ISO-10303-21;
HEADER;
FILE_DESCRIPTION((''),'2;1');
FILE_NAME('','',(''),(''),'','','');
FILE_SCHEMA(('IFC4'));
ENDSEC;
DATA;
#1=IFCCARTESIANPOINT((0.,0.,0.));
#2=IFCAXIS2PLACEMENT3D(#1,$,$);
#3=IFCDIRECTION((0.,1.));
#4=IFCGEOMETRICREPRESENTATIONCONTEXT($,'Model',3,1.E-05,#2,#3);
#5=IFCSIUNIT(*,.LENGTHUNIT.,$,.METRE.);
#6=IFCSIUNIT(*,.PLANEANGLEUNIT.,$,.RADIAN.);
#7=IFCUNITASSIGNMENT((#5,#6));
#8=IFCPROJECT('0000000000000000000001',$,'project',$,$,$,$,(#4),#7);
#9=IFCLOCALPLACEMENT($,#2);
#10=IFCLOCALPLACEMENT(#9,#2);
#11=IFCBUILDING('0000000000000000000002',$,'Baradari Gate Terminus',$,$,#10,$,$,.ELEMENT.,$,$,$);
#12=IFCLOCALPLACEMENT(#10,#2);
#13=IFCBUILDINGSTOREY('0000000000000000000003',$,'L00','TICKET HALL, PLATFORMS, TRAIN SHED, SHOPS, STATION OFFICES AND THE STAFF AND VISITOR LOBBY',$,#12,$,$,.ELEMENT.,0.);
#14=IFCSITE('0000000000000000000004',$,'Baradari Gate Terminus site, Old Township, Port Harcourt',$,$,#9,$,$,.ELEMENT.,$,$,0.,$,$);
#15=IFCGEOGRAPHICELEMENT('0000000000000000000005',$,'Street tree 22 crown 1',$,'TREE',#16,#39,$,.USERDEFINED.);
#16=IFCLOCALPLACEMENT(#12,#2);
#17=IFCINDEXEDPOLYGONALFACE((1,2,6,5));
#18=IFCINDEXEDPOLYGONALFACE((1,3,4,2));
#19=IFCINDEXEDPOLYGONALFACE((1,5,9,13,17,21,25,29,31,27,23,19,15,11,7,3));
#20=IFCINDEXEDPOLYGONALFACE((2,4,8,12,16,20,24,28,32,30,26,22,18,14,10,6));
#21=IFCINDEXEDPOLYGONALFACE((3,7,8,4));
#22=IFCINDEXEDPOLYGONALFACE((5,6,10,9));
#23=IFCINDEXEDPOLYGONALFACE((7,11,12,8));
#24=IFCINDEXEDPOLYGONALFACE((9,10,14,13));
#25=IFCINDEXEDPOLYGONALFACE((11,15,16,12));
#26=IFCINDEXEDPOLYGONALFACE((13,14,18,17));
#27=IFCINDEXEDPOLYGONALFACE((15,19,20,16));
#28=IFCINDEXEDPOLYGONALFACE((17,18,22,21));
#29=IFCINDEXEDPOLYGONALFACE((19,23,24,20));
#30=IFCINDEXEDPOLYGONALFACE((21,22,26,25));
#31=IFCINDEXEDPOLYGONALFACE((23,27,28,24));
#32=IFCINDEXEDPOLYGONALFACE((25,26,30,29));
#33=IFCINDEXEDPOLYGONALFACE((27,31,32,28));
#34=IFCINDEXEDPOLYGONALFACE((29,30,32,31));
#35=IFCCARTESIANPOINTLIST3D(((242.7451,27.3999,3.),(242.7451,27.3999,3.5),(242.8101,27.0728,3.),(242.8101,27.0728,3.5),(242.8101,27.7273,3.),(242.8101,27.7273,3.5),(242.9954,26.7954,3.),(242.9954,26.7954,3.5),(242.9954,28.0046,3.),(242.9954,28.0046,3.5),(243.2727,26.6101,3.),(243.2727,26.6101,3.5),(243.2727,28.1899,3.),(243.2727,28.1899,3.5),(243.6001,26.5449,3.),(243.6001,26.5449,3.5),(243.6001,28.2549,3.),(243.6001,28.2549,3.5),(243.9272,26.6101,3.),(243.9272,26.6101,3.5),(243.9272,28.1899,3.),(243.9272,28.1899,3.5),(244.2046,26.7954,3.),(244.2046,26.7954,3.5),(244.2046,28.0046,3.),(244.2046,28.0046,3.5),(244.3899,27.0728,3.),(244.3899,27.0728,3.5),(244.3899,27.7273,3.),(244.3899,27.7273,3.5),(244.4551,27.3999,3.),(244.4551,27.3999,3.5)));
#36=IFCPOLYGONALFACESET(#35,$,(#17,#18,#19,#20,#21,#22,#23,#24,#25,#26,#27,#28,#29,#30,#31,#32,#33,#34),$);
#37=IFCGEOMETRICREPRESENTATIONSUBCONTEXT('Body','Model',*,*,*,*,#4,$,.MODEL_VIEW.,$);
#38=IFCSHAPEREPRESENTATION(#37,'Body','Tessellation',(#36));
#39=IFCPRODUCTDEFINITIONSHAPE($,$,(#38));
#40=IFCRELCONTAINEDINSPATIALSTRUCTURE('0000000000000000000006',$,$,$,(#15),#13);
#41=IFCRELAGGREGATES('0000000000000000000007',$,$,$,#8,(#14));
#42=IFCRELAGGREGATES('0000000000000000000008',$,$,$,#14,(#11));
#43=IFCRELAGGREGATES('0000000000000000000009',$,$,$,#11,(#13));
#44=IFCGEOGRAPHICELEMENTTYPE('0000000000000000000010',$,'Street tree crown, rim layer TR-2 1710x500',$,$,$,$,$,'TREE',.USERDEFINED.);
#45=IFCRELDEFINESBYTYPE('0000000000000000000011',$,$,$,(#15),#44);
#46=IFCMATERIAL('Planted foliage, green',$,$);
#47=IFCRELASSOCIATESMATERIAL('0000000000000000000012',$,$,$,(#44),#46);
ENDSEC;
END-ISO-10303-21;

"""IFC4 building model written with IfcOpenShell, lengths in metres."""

from ifc_helpers import new_model, si_unit, direction, frame, origin, place, context, subcontext, project, spatial, polyline, outline, extrude, material, type_object, element, save


model = new_model("IFC4")

# Units and contexts
model_context = context("Model", 3, precision=1e-05, world=origin(), true_north=direction((0.0, 1.0)))
body_context = subcontext(model_context, "Body", "Model", "MODEL_VIEW")
ifc_project = project(units=[si_unit("LENGTHUNIT", "METRE"), si_unit("PLANEANGLEUNIT", "RADIAN")], contexts=[model_context])

# Site, building, storey
site_placement = place(None, origin())
site = spatial("IfcSite", under=ifc_project, at=site_placement, Name="Baradari Gate Terminus site, Old Township, Port Harcourt", CompositionType="ELEMENT", RefElevation=0.0)
building_placement = place(site_placement, origin())
building = spatial("IfcBuilding", under=site, at=building_placement, Name="Baradari Gate Terminus", CompositionType="ELEMENT")
storey_placement = place(building_placement, origin())
storey = spatial("IfcBuildingStorey", under=building, at=storey_placement, Name="L00", Description="TICKET HALL, PLATFORMS, TRAIN SHED, SHOPS, STATION OFFICES AND THE STAFF AND VISITOR LOBBY", CompositionType="ELEMENT", Elevation=0.0)

# Geographic element
ifc_material_1 = material(Name="Planted foliage, green")
geographic_element_type_1 = type_object("IfcGeographicElementType", Name="Street tree crown, rim layer TR-2 1710x500", ElementType="TREE", PredefinedType="USERDEFINED", material=ifc_material_1)
geographic_element_1_placement = place(storey_placement, frame((0.0, 0.0, 3.0)))
element("IfcGeographicElement", 1, at=geographic_element_1_placement, inside=storey, type_object=geographic_element_type_1, Name="Street tree 22 crown 1", ObjectType="TREE", PredefinedType="USERDEFINED", context=body_context, shape_type="SweptSolid", body=[
    extrude(outline(polyline([(244.4551, 27.3999), (244.3899, 27.7273), (244.2046, 28.0046), (243.9272, 28.1899), (243.6001, 28.2549), (243.2727, 28.1899), (242.9954, 28.0046), (242.8101, 27.7273), (242.7451, 27.3999), (242.8101, 27.0728), (242.9954, 26.7954), (243.2727, 26.6101), (243.6001, 26.5449), (243.9272, 26.6101), (244.2046, 26.7954), (244.3899, 27.0728), (244.4551, 27.3999)])), origin(), (0.0, 0.0, 1.0), 0.5),
])

save(model, "model.ifc")
